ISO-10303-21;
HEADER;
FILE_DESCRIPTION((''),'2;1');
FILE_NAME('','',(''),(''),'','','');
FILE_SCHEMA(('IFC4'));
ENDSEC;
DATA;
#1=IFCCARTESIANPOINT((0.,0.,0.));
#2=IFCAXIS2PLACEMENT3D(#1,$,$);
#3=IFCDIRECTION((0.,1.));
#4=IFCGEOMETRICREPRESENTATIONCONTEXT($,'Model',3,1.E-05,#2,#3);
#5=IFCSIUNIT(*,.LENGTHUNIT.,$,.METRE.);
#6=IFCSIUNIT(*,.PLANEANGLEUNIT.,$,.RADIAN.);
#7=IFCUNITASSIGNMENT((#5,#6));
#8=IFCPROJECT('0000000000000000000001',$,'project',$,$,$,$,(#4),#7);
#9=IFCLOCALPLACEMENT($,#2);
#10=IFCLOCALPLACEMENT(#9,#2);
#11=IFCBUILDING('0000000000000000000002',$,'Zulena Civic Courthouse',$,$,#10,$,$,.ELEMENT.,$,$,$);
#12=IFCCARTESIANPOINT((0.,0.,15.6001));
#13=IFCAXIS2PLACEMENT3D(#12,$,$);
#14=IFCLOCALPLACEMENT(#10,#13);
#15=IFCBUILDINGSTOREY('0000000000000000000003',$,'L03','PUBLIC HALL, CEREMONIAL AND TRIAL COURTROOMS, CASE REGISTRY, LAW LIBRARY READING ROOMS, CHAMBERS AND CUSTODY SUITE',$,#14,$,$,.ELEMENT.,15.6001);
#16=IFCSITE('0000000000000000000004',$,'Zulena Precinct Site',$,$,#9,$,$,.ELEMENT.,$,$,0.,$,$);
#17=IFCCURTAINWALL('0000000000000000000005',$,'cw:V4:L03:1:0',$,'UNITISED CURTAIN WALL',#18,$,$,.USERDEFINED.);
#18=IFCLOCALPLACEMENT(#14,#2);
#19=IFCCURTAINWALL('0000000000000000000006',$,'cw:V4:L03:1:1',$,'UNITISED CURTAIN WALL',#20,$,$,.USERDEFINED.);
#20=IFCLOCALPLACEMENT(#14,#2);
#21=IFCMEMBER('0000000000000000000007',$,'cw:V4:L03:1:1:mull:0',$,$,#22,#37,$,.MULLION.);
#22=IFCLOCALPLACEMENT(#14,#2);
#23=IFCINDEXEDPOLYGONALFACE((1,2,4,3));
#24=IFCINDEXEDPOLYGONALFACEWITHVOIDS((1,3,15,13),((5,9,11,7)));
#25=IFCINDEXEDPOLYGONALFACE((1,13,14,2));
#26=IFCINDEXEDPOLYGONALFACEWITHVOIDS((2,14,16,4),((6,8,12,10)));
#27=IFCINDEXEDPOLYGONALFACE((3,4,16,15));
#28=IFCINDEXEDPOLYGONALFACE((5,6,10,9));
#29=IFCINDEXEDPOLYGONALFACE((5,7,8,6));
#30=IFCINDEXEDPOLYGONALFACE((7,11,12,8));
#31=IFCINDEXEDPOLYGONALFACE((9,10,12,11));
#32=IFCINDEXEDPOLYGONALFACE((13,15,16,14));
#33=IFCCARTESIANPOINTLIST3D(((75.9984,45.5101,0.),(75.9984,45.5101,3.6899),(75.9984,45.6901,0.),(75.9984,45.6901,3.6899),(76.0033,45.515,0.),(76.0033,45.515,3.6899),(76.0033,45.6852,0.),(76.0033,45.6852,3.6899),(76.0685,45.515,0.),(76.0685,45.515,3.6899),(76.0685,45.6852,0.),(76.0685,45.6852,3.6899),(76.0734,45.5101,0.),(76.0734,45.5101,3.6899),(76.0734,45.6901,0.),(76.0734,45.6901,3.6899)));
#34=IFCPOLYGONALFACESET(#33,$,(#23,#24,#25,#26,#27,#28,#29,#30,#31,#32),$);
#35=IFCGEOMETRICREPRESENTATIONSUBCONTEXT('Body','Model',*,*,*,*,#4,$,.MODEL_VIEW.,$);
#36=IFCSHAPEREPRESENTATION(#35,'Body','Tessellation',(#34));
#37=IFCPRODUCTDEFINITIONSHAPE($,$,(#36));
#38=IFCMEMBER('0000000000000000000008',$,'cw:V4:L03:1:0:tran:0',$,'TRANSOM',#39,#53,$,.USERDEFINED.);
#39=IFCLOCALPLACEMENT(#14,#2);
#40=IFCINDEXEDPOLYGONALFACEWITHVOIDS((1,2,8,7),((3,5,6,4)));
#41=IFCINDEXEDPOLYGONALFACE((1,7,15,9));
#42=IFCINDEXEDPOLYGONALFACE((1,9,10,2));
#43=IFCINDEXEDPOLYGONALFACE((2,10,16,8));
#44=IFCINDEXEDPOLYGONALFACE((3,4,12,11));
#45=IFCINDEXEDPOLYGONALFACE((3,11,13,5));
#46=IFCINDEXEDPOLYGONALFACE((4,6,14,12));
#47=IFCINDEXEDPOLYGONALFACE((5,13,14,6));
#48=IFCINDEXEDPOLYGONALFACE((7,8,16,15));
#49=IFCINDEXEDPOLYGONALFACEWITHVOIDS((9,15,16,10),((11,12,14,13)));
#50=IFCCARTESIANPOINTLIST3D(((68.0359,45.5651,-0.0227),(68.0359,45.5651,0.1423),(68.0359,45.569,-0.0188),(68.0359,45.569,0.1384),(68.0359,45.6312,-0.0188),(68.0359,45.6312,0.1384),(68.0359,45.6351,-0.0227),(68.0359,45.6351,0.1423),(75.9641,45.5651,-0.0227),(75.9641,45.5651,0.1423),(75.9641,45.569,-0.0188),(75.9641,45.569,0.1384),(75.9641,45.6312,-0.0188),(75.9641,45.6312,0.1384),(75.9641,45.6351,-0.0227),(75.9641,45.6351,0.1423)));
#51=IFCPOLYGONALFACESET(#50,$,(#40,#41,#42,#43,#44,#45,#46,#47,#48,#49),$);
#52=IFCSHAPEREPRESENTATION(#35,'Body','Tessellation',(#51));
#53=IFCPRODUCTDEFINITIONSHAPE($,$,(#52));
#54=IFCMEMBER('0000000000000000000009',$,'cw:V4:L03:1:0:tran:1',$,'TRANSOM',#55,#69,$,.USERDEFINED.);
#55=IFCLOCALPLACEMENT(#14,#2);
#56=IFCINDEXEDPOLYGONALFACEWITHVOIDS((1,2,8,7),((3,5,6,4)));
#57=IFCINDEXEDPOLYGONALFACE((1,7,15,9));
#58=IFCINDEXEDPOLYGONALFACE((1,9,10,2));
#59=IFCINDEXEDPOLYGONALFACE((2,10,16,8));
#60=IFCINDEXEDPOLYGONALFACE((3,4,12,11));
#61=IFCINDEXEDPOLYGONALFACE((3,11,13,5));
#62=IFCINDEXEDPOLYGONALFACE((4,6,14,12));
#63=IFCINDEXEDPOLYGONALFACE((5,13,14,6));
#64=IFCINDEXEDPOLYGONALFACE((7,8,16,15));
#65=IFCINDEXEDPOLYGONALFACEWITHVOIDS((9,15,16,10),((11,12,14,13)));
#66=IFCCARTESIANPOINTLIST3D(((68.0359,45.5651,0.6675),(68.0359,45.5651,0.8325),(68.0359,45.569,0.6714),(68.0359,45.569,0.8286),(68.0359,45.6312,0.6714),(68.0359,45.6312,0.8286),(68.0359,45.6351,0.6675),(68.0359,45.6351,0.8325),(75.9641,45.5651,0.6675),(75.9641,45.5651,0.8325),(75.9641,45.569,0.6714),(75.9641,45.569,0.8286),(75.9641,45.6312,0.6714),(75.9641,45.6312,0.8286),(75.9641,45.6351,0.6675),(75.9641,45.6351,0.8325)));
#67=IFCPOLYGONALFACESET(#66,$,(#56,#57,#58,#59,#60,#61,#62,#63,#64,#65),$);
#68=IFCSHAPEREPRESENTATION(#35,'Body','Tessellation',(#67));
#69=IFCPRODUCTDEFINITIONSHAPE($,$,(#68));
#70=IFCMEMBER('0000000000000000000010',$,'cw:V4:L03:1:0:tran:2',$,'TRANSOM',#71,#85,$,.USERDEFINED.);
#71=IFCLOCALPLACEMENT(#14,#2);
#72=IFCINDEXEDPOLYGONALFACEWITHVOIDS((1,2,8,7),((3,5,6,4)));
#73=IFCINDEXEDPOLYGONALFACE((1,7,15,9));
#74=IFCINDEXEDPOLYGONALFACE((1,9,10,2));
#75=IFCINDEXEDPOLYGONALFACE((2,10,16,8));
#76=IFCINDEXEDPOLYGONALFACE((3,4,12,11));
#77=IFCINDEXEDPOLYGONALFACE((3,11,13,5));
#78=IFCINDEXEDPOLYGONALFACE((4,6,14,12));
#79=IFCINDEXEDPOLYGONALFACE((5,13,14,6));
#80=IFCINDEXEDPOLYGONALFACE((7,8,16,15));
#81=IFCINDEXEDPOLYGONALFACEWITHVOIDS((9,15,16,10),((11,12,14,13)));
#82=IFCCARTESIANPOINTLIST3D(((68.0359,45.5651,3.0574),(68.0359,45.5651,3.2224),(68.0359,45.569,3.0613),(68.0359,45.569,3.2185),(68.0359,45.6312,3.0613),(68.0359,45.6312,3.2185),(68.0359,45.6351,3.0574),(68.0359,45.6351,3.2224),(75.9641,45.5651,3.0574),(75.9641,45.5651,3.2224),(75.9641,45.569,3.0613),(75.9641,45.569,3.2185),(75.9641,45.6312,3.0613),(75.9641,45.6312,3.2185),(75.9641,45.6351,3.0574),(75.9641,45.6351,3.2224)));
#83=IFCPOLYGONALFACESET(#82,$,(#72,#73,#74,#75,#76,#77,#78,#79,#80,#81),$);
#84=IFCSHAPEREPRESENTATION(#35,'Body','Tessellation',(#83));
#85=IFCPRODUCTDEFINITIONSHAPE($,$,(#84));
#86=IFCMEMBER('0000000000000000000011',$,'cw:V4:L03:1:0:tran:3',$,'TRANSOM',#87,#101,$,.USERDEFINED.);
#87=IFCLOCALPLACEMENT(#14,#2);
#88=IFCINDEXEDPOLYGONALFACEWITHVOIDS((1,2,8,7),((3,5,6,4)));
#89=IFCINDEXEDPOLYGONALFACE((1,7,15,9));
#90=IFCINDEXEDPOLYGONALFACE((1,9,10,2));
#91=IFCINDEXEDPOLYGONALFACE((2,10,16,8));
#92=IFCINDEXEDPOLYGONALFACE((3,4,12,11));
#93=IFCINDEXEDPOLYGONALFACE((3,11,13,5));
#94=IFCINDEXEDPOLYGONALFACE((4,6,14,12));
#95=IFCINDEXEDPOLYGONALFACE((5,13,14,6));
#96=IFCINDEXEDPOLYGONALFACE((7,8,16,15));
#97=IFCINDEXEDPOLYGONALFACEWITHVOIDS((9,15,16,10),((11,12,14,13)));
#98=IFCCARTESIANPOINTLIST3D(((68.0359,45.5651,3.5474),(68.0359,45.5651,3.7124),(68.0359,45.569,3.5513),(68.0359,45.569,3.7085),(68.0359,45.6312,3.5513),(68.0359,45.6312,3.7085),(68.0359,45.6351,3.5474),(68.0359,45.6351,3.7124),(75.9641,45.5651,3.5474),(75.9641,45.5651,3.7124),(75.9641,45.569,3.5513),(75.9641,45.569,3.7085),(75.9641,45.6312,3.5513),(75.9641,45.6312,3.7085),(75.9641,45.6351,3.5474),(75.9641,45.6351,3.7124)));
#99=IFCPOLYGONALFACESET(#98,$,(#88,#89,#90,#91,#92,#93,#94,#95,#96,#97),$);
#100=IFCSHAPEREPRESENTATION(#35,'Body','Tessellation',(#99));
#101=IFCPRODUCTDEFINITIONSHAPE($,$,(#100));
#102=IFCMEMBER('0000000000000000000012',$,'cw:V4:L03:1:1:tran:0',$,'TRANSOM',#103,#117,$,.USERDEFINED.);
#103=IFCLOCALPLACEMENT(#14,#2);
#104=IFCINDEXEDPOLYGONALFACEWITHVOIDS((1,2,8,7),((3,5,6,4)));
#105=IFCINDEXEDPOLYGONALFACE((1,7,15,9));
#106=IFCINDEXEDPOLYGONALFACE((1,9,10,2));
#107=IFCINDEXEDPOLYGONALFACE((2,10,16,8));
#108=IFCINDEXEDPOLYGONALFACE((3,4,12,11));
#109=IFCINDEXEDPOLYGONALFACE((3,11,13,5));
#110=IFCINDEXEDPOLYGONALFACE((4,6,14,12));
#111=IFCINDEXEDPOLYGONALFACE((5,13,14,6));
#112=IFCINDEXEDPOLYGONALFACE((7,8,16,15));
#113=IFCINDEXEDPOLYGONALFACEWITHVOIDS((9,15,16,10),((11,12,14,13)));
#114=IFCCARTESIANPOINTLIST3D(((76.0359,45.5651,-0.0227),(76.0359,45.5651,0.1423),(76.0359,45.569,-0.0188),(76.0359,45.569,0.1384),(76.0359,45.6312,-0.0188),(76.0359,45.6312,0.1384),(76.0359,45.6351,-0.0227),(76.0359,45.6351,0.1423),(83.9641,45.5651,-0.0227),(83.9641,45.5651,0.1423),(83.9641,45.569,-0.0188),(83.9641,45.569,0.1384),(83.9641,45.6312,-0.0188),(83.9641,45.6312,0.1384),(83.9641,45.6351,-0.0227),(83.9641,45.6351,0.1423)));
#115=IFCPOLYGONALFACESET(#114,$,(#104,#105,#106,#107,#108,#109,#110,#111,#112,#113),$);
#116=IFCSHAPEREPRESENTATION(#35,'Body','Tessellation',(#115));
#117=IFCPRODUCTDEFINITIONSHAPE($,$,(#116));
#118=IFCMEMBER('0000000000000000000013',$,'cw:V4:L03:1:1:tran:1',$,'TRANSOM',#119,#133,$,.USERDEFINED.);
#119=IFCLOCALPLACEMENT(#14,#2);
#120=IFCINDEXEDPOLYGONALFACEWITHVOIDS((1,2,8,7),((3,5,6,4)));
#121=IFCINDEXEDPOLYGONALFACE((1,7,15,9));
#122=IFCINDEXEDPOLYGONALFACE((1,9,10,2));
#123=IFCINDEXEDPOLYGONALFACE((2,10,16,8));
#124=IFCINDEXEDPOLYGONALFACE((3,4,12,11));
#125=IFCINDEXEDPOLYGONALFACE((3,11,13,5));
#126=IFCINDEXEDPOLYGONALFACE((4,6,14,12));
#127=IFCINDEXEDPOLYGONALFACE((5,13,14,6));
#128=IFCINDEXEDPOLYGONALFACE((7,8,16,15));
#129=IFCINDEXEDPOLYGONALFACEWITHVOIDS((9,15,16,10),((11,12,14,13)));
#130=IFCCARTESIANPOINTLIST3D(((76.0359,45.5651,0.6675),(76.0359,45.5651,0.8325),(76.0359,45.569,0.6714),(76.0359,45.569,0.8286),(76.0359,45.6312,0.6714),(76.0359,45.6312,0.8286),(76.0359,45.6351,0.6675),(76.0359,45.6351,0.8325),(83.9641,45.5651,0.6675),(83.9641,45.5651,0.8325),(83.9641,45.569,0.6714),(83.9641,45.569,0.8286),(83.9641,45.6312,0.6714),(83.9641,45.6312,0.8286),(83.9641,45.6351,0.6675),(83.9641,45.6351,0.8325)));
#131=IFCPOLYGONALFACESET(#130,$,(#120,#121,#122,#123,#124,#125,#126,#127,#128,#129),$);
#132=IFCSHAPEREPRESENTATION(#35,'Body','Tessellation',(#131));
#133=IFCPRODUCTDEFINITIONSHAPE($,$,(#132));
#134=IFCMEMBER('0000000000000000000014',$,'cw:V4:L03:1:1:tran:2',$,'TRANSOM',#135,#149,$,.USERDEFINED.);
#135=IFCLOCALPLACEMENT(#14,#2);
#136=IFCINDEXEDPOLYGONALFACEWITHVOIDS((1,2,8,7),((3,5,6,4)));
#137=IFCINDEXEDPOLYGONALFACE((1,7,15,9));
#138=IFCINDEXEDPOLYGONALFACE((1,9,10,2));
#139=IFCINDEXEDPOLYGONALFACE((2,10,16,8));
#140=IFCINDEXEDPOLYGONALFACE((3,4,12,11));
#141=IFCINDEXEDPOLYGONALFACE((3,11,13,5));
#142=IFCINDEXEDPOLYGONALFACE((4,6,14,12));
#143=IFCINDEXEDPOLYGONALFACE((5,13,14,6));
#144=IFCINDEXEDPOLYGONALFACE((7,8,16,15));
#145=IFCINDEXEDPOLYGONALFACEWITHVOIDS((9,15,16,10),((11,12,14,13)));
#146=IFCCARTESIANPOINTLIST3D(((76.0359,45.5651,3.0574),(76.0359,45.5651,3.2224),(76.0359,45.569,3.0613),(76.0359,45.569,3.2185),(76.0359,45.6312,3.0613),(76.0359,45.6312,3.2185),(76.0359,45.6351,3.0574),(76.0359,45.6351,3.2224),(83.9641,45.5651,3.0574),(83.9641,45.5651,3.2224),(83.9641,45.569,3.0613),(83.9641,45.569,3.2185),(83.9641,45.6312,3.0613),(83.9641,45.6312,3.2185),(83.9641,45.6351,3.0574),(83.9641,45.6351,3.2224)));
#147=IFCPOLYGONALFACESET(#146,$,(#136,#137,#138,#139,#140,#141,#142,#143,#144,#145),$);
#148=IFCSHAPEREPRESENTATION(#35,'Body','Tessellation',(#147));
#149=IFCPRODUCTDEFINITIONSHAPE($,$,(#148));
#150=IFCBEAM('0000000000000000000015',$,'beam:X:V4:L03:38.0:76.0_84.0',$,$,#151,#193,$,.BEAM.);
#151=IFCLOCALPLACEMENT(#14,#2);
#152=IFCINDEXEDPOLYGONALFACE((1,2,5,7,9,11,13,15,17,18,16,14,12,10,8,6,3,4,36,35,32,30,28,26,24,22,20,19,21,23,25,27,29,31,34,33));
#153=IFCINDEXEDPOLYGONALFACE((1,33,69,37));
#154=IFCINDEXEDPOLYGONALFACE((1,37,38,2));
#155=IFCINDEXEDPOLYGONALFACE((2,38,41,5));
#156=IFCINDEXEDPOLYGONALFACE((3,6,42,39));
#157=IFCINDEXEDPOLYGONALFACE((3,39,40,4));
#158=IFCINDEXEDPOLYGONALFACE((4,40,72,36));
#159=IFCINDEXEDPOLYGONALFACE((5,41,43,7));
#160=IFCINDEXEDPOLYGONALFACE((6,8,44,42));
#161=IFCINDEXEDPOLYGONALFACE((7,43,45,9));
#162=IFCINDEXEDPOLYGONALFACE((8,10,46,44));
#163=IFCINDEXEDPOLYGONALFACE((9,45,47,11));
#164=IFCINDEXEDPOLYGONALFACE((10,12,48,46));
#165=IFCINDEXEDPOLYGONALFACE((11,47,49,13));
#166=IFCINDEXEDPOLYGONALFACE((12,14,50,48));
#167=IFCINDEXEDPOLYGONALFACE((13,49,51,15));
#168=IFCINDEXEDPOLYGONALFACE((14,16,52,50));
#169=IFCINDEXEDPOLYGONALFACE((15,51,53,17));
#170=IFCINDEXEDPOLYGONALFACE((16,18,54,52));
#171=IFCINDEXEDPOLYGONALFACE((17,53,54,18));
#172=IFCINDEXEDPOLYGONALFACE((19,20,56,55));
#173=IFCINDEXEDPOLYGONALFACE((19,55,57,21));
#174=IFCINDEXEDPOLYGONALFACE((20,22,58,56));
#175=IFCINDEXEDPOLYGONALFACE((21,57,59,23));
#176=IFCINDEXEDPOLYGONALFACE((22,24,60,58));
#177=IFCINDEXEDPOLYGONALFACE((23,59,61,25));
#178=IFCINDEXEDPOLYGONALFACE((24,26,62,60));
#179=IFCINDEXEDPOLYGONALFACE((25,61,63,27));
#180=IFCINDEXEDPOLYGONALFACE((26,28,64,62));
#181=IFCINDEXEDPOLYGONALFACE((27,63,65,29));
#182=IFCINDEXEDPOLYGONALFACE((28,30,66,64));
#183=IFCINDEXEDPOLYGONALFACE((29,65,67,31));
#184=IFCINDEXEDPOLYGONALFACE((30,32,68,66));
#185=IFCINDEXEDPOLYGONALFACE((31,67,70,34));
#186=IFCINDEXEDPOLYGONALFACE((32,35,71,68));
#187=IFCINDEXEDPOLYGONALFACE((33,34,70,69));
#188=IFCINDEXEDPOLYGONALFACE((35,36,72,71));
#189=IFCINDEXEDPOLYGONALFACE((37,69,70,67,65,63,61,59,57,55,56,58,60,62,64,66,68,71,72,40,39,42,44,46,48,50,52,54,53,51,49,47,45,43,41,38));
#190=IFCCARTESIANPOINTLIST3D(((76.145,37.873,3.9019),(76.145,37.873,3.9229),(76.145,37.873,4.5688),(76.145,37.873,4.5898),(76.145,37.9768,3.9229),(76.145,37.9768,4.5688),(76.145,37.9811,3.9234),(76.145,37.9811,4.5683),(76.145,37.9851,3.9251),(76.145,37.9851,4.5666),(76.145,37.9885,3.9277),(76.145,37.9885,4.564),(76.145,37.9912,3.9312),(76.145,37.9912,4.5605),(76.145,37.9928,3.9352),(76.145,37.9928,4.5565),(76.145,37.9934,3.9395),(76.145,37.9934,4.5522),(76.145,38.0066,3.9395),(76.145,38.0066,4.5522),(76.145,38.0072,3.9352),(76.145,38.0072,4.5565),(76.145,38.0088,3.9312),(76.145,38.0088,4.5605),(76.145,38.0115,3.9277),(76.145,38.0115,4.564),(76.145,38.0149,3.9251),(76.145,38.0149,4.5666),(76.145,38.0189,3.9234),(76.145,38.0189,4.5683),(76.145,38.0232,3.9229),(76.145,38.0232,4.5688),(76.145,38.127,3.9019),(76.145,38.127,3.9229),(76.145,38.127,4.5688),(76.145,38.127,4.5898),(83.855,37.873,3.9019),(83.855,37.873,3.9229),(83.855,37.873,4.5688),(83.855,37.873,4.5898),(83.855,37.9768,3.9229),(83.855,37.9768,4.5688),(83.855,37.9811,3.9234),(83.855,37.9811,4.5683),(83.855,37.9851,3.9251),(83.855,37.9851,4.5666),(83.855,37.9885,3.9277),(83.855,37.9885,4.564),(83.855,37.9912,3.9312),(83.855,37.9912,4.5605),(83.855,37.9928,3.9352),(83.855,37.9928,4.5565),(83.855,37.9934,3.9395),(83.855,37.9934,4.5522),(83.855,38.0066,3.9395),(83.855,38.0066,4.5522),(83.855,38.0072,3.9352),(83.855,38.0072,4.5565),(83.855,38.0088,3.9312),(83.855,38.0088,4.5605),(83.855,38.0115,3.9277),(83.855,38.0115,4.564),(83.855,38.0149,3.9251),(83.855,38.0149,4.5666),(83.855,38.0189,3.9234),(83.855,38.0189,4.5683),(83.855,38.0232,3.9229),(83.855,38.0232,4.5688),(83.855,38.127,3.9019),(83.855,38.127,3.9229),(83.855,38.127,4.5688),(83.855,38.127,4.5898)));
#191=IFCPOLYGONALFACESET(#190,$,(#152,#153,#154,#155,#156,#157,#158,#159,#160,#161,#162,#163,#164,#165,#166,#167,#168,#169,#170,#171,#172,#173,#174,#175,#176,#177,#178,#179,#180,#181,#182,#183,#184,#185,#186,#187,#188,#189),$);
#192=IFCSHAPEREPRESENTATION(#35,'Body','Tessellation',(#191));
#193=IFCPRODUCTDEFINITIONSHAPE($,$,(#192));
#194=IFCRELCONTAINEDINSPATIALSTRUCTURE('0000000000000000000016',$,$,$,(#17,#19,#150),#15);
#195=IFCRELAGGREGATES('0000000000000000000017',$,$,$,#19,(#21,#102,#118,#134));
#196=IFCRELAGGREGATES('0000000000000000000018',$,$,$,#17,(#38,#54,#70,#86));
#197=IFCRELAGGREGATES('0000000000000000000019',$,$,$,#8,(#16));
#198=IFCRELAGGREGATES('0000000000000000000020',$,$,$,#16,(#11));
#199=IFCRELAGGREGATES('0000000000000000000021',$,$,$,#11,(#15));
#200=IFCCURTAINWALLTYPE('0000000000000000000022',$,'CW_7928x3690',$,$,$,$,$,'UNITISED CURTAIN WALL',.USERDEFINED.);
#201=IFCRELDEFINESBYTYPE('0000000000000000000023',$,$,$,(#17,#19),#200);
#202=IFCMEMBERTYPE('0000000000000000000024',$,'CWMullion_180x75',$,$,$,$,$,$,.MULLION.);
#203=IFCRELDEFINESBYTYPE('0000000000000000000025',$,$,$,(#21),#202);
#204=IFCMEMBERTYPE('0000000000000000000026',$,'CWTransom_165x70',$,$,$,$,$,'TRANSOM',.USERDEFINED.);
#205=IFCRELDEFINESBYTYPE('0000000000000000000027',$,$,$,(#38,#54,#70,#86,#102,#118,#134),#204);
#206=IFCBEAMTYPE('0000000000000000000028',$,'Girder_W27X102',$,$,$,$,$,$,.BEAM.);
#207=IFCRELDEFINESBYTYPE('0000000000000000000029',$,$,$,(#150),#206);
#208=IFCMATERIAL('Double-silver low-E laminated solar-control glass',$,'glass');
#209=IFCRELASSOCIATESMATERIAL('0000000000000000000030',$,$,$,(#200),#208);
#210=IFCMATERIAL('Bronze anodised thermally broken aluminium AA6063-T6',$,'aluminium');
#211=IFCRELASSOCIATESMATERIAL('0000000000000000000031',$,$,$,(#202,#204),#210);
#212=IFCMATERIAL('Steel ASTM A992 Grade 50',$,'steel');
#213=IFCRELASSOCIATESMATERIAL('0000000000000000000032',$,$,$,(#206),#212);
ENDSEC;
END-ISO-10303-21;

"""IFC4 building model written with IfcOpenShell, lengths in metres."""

from ifc_helpers import new_model, si_unit, direction, frame, origin, origin_2d, place, context, subcontext, project, spatial, hollow_rectangle, i_section, extrude, material, material_profile, profile_set, type_object, element, aggregate, save


model = new_model("IFC4")

# Units and contexts
model_context = context("Model", 3, precision=1e-05, world=origin(), true_north=direction((0.0, 1.0)))
body_context = subcontext(model_context, "Body", "Model", "MODEL_VIEW")
ifc_project = project(units=[si_unit("LENGTHUNIT", "METRE"), si_unit("PLANEANGLEUNIT", "RADIAN")], contexts=[model_context])

# Site, building, storey
site_placement = place(None, origin())
site = spatial("IfcSite", under=ifc_project, at=site_placement, Name="Zulena Precinct Site", CompositionType="ELEMENT", RefElevation=0.0)
building_placement = place(site_placement, origin())
building = spatial("IfcBuilding", under=site, at=building_placement, Name="Zulena Civic Courthouse", CompositionType="ELEMENT")
storey_placement = place(building_placement, frame((0.0, 0.0, 15.6001)))
storey = spatial("IfcBuildingStorey", under=building, at=storey_placement, Name="L03", Description="PUBLIC HALL, CEREMONIAL AND TRIAL COURTROOMS, CASE REGISTRY, LAW LIBRARY READING ROOMS, CHAMBERS AND CUSTODY SUITE", CompositionType="ELEMENT", Elevation=15.6001)

# Shared definitions
ifc_material_1 = material(Name="Steel ASTM A992 Grade 50", Category="steel")

# Curtain wall
ifc_material_2 = material(Name="Double-silver low-E laminated solar-control glass", Category="glass")
curtain_wall_type = type_object("IfcCurtainWallType", Name="CW_7928x3690", ElementType="UNITISED CURTAIN WALL", PredefinedType="USERDEFINED", material=ifc_material_2)
curtain_wall_1_placement = place(storey_placement, origin())
curtain_wall_1 = element("IfcCurtainWall", 1, at=curtain_wall_1_placement, inside=storey, type_object=curtain_wall_type, Name="cw:V4:L03:1:0", ObjectType="UNITISED CURTAIN WALL", PredefinedType="USERDEFINED")
ifc_material_3 = material(Name="Bronze anodised thermally broken aluminium AA6063-T6", Category="aluminium")
ifc_material_profile_1 = material_profile(ifc_material_3, hollow_rectangle(XDim=0.075, YDim=0.1799, WallThickness=0.0049, at=origin_2d()), Name="CWM180X75X5")
ifc_profile_set_1 = profile_set([ifc_material_profile_1], Name="Bronze anodised thermally broken aluminium AA6063-T6")
member_type_1 = type_object("IfcMemberType", Name="CWMullion_180x75", PredefinedType="MULLION", material=ifc_profile_set_1)

# Curtain wall, member
curtain_wall_2_placement = place(storey_placement, origin())
curtain_wall_2 = element("IfcCurtainWall", 2, at=curtain_wall_2_placement, inside=storey, type_object=curtain_wall_type, Name="cw:V4:L03:1:1", ObjectType="UNITISED CURTAIN WALL", PredefinedType="USERDEFINED")
member_1_placement = place(storey_placement, frame((76.0359, 45.6001, 0.0), z_axis=(0.0, 0.0, 1.0), x_axis=(1.0, 0.0, 0.0)))
member_1 = element("IfcMember", 3, at=member_1_placement, type_object=member_type_1, Name="cw:V4:L03:1:1:mull:0", PredefinedType="MULLION", context=body_context, shape_type="SweptSolid", body=[
    extrude(hollow_rectangle(XDim=0.075, YDim=0.1799, WallThickness=0.0049, at=origin_2d()), origin(), (0.0, 0.0, 1.0), 3.6899),
])

# Members
ifc_material_profile_2 = material_profile(ifc_material_3, hollow_rectangle(XDim=0.0701, YDim=0.165, WallThickness=0.0039, at=origin_2d()), Name="CWT165X70X4")
ifc_profile_set_2 = profile_set([ifc_material_profile_2], Name="Bronze anodised thermally broken aluminium AA6063-T6")
member_type_2 = type_object("IfcMemberType", Name="CWTransom_165x70", ElementType="TRANSOM", PredefinedType="USERDEFINED", material=ifc_profile_set_2)
member_2_placement = place(storey_placement, frame((68.0359, 45.6001, 0.0598), z_axis=(1.0, 0.0, 0.0), x_axis=(0.0, 1.0, 0.0)))
member_2 = element("IfcMember", 4, at=member_2_placement, type_object=member_type_2, Name="cw:V4:L03:1:0:tran:0", ObjectType="TRANSOM", PredefinedType="USERDEFINED", context=body_context, shape_type="SweptSolid", body=[
    extrude(hollow_rectangle(XDim=0.0701, YDim=0.165, WallThickness=0.0039, at=origin_2d()), origin(), (0.0, 0.0, 1.0), 7.9282),
])
member_3_placement = place(storey_placement, frame((68.0359, 45.6001, 0.75), z_axis=(1.0, 0.0, 0.0), x_axis=(0.0, 1.0, 0.0)))
member_3 = element("IfcMember", 5, at=member_3_placement, type_object=member_type_2, Name="cw:V4:L03:1:0:tran:1", ObjectType="TRANSOM", PredefinedType="USERDEFINED", context=body_context, shape_type="SweptSolid", body=[
    extrude(hollow_rectangle(XDim=0.0701, YDim=0.165, WallThickness=0.0039, at=origin_2d()), origin(), (0.0, 0.0, 1.0), 7.9282),
])
member_4_placement = place(storey_placement, frame((68.0359, 45.6001, 3.1399), z_axis=(1.0, 0.0, 0.0), x_axis=(0.0, 1.0, 0.0)))
member_4 = element("IfcMember", 6, at=member_4_placement, type_object=member_type_2, Name="cw:V4:L03:1:0:tran:2", ObjectType="TRANSOM", PredefinedType="USERDEFINED", context=body_context, shape_type="SweptSolid", body=[
    extrude(hollow_rectangle(XDim=0.0701, YDim=0.165, WallThickness=0.0039, at=origin_2d()), origin(), (0.0, 0.0, 1.0), 7.9282),
])
member_5_placement = place(storey_placement, frame((68.0359, 45.6001, 3.6299), z_axis=(1.0, 0.0, 0.0), x_axis=(0.0, 1.0, 0.0)))
member_5 = element("IfcMember", 7, at=member_5_placement, type_object=member_type_2, Name="cw:V4:L03:1:0:tran:3", ObjectType="TRANSOM", PredefinedType="USERDEFINED", context=body_context, shape_type="SweptSolid", body=[
    extrude(hollow_rectangle(XDim=0.0701, YDim=0.165, WallThickness=0.0039, at=origin_2d()), origin(), (0.0, 0.0, 1.0), 7.9282),
])
member_6_placement = place(storey_placement, frame((76.0359, 45.6001, 0.0598), z_axis=(1.0, 0.0, 0.0), x_axis=(0.0, 1.0, 0.0)))
member_6 = element("IfcMember", 8, at=member_6_placement, type_object=member_type_2, Name="cw:V4:L03:1:1:tran:0", ObjectType="TRANSOM", PredefinedType="USERDEFINED", context=body_context, shape_type="SweptSolid", body=[
    extrude(hollow_rectangle(XDim=0.0701, YDim=0.165, WallThickness=0.0039, at=origin_2d()), origin(), (0.0, 0.0, 1.0), 7.9282),
])
member_7_placement = place(storey_placement, frame((76.0359, 45.6001, 0.75), z_axis=(1.0, 0.0, 0.0), x_axis=(0.0, 1.0, 0.0)))
member_7 = element("IfcMember", 9, at=member_7_placement, type_object=member_type_2, Name="cw:V4:L03:1:1:tran:1", ObjectType="TRANSOM", PredefinedType="USERDEFINED", context=body_context, shape_type="SweptSolid", body=[
    extrude(hollow_rectangle(XDim=0.0701, YDim=0.165, WallThickness=0.0039, at=origin_2d()), origin(), (0.0, 0.0, 1.0), 7.9282),
])
member_8_placement = place(storey_placement, frame((76.0359, 45.6001, 3.1399), z_axis=(1.0, 0.0, 0.0), x_axis=(0.0, 1.0, 0.0)))
member_8 = element("IfcMember", 10, at=member_8_placement, type_object=member_type_2, Name="cw:V4:L03:1:1:tran:2", ObjectType="TRANSOM", PredefinedType="USERDEFINED", context=body_context, shape_type="SweptSolid", body=[
    extrude(hollow_rectangle(XDim=0.0701, YDim=0.165, WallThickness=0.0039, at=origin_2d()), origin(), (0.0, 0.0, 1.0), 7.9282),
])
aggregate(curtain_wall_2, [member_1, member_6, member_7, member_8])

# Beam
ifc_material_profile_3 = material_profile(ifc_material_1, i_section(OverallWidth=0.2539, OverallDepth=0.688, WebThickness=0.0132, FlangeThickness=0.021, FilletRadius=0.0166, at=origin_2d()), Name="W27X102")
ifc_profile_set_3 = profile_set([ifc_material_profile_3], Name="Steel ASTM A992 Grade 50")
beam_type_1 = type_object("IfcBeamType", Name="Girder_W27X102", PredefinedType="BEAM", material=ifc_profile_set_3)
beam_1_placement = place(storey_placement, frame((76.145, 38.0, 4.2458), z_axis=(1.0, 0.0, 0.0), x_axis=(0.0, 1.0, 0.0)))
element("IfcBeam", 11, at=beam_1_placement, inside=storey, type_object=beam_type_1, Name="beam:X:V4:L03:38.0:76.0_84.0", PredefinedType="BEAM", context=body_context, shape_type="SweptSolid", body=[
    extrude(i_section(OverallWidth=0.2539, OverallDepth=0.688, WebThickness=0.0132, FlangeThickness=0.021, FilletRadius=0.0166, at=origin_2d()), origin(), (0.0, 0.0, 1.0), 7.71),
])

aggregate(curtain_wall_1, [member_2, member_3, member_4, member_5])

save(model, "model.ifc")
